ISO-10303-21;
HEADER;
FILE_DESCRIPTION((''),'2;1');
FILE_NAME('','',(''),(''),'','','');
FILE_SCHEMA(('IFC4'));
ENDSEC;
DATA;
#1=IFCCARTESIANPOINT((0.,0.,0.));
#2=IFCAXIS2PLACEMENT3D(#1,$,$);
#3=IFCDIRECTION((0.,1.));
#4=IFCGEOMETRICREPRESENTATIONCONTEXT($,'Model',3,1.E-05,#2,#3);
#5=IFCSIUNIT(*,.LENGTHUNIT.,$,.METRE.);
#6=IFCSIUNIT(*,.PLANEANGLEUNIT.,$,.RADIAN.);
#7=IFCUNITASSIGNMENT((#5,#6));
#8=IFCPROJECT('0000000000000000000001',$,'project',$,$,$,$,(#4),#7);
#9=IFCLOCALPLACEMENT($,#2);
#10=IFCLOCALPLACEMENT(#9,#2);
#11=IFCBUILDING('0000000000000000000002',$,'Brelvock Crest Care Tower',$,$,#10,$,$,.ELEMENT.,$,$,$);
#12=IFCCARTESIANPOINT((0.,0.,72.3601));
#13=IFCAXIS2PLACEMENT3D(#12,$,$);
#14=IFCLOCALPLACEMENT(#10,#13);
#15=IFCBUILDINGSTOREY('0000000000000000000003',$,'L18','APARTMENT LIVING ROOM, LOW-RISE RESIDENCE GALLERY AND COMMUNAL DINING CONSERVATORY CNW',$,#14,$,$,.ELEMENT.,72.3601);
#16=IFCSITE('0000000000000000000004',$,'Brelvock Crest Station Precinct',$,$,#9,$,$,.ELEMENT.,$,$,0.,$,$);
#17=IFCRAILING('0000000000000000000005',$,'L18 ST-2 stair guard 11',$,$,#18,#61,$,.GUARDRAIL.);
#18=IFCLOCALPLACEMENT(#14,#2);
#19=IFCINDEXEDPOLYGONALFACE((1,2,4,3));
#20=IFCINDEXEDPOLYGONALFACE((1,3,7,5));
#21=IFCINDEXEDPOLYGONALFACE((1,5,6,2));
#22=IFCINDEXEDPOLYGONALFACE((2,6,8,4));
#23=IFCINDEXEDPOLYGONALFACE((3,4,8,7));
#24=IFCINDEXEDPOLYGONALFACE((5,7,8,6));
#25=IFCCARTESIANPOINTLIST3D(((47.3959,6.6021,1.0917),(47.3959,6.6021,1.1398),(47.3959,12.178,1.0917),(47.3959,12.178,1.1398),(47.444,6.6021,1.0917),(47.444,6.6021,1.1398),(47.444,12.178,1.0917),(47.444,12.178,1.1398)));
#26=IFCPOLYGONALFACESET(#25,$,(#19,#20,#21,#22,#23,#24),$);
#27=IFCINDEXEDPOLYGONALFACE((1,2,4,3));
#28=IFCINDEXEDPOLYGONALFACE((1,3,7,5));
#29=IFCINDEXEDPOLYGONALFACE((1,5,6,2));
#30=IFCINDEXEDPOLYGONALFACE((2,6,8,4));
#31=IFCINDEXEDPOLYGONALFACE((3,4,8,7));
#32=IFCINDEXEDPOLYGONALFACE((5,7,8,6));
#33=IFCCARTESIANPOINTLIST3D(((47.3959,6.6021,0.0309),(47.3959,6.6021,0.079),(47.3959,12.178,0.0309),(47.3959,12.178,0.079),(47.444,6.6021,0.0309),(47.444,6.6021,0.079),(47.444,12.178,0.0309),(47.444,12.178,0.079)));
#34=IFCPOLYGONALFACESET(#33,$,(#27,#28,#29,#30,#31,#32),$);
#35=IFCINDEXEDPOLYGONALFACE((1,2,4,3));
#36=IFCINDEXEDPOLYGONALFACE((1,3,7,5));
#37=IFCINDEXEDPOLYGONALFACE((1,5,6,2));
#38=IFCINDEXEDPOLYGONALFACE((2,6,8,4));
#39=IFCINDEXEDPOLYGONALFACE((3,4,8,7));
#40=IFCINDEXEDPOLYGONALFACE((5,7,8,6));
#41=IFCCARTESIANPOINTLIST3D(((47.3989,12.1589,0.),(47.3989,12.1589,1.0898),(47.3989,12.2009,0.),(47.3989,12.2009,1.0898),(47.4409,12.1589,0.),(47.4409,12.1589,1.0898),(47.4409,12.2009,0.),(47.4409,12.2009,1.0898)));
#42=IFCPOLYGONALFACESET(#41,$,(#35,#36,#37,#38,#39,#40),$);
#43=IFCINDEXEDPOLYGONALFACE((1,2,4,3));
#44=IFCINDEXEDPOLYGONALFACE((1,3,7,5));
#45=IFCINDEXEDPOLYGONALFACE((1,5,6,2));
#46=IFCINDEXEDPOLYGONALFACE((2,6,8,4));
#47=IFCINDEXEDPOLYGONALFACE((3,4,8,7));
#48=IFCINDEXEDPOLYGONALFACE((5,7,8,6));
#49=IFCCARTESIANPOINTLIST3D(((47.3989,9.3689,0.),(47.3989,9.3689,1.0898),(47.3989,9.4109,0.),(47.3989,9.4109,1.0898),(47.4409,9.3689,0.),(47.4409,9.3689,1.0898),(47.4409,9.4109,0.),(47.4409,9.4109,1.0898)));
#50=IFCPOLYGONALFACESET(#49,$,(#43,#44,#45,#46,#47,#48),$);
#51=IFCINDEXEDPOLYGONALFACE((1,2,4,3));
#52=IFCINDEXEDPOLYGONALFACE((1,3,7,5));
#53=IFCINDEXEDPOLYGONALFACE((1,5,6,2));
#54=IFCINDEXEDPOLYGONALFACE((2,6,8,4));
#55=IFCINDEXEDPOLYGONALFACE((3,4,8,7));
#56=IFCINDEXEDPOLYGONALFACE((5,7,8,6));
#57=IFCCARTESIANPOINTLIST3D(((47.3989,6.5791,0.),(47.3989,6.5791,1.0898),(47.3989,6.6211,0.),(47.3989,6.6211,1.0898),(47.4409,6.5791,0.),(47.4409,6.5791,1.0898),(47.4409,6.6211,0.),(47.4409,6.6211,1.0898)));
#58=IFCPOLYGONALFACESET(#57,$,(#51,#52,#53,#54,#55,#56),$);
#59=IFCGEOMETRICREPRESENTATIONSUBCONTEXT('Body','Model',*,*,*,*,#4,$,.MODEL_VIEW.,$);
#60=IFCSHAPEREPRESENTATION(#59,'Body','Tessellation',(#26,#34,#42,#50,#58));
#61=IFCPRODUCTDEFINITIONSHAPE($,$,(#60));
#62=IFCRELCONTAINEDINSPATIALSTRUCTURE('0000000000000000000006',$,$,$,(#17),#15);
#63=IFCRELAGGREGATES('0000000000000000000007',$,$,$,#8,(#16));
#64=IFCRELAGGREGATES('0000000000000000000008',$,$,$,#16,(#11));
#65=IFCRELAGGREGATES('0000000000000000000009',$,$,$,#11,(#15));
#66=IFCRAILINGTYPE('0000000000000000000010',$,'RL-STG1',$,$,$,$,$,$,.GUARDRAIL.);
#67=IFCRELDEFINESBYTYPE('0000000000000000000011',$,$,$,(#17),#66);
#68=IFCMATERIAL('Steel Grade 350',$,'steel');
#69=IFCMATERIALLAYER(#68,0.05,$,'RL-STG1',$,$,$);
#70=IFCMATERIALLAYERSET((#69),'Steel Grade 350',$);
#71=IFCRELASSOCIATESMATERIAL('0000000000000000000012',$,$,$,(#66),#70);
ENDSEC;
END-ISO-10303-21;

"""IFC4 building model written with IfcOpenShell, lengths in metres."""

from ifc_helpers import new_model, si_unit, direction, frame, origin, origin_2d, place, context, subcontext, project, spatial, rectangle, extrude, material, layer, layer_set, type_object, element, save


model = new_model("IFC4")

# Units and contexts
model_context = context("Model", 3, precision=1e-05, world=origin(), true_north=direction((0.0, 1.0)))
body_context = subcontext(model_context, "Body", "Model", "MODEL_VIEW")
ifc_project = project(units=[si_unit("LENGTHUNIT", "METRE"), si_unit("PLANEANGLEUNIT", "RADIAN")], contexts=[model_context])

# Site, building, storey
site_placement = place(None, origin())
site = spatial("IfcSite", under=ifc_project, at=site_placement, Name="Brelvock Crest Station Precinct", CompositionType="ELEMENT", RefElevation=0.0)
building_placement = place(site_placement, origin())
building = spatial("IfcBuilding", under=site, at=building_placement, Name="Brelvock Crest Care Tower", CompositionType="ELEMENT")
storey_placement = place(building_placement, frame((0.0, 0.0, 72.3601)))
storey = spatial("IfcBuildingStorey", under=building, at=storey_placement, Name="L18", Description="APARTMENT LIVING ROOM, LOW-RISE RESIDENCE GALLERY AND COMMUNAL DINING CONSERVATORY CNW", CompositionType="ELEMENT", Elevation=72.3601)

# Shared definitions
ifc_material_1 = material(Name="Steel Grade 350", Category="steel")

# Railing
ifc_layer_1 = layer(ifc_material_1, 0.05, Name="RL-STG1")
ifc_layer_set_1 = layer_set([ifc_layer_1], Name="Steel Grade 350")
railing_type = type_object("IfcRailingType", Name="RL-STG1", PredefinedType="GUARDRAIL", material=ifc_layer_set_1)
railing_placement = place(storey_placement, frame((47.4199, 12.1799, 0.0)))
element("IfcRailing", 1, at=railing_placement, inside=storey, type_object=railing_type, Name="L18 ST-2 stair guard 11", PredefinedType="GUARDRAIL", context=body_context, shape_type="SweptSolid", body=[
    extrude(rectangle(XDim=0.0481, YDim=0.0481, at=origin_2d()), frame((0.0, -0.002, 1.1157), z_axis=(0.0, -1.0, 0.0), x_axis=(1.0, 0.0, 0.0)), (0.0, 0.0, 1.0), 5.5759),
    extrude(rectangle(XDim=0.0481, YDim=0.0481, at=origin_2d()), frame((0.0, -0.002, 0.0549), z_axis=(0.0, -1.0, 0.0), x_axis=(1.0, 0.0, 0.0)), (0.0, 0.0, 1.0), 5.5759),
    extrude(rectangle(XDim=0.042, YDim=0.042, at=origin_2d()), origin(), (0.0, 0.0, 1.0), 1.0898),
    extrude(rectangle(XDim=0.042, YDim=0.042, at=origin_2d()), frame((0.0, -2.79, 0.0)), (0.0, 0.0, 1.0), 1.0898),
    extrude(rectangle(XDim=0.042, YDim=0.042, at=origin_2d()), frame((0.0, -5.5798, 0.0)), (0.0, 0.0, 1.0), 1.0898),
])

save(model, "model.ifc")
